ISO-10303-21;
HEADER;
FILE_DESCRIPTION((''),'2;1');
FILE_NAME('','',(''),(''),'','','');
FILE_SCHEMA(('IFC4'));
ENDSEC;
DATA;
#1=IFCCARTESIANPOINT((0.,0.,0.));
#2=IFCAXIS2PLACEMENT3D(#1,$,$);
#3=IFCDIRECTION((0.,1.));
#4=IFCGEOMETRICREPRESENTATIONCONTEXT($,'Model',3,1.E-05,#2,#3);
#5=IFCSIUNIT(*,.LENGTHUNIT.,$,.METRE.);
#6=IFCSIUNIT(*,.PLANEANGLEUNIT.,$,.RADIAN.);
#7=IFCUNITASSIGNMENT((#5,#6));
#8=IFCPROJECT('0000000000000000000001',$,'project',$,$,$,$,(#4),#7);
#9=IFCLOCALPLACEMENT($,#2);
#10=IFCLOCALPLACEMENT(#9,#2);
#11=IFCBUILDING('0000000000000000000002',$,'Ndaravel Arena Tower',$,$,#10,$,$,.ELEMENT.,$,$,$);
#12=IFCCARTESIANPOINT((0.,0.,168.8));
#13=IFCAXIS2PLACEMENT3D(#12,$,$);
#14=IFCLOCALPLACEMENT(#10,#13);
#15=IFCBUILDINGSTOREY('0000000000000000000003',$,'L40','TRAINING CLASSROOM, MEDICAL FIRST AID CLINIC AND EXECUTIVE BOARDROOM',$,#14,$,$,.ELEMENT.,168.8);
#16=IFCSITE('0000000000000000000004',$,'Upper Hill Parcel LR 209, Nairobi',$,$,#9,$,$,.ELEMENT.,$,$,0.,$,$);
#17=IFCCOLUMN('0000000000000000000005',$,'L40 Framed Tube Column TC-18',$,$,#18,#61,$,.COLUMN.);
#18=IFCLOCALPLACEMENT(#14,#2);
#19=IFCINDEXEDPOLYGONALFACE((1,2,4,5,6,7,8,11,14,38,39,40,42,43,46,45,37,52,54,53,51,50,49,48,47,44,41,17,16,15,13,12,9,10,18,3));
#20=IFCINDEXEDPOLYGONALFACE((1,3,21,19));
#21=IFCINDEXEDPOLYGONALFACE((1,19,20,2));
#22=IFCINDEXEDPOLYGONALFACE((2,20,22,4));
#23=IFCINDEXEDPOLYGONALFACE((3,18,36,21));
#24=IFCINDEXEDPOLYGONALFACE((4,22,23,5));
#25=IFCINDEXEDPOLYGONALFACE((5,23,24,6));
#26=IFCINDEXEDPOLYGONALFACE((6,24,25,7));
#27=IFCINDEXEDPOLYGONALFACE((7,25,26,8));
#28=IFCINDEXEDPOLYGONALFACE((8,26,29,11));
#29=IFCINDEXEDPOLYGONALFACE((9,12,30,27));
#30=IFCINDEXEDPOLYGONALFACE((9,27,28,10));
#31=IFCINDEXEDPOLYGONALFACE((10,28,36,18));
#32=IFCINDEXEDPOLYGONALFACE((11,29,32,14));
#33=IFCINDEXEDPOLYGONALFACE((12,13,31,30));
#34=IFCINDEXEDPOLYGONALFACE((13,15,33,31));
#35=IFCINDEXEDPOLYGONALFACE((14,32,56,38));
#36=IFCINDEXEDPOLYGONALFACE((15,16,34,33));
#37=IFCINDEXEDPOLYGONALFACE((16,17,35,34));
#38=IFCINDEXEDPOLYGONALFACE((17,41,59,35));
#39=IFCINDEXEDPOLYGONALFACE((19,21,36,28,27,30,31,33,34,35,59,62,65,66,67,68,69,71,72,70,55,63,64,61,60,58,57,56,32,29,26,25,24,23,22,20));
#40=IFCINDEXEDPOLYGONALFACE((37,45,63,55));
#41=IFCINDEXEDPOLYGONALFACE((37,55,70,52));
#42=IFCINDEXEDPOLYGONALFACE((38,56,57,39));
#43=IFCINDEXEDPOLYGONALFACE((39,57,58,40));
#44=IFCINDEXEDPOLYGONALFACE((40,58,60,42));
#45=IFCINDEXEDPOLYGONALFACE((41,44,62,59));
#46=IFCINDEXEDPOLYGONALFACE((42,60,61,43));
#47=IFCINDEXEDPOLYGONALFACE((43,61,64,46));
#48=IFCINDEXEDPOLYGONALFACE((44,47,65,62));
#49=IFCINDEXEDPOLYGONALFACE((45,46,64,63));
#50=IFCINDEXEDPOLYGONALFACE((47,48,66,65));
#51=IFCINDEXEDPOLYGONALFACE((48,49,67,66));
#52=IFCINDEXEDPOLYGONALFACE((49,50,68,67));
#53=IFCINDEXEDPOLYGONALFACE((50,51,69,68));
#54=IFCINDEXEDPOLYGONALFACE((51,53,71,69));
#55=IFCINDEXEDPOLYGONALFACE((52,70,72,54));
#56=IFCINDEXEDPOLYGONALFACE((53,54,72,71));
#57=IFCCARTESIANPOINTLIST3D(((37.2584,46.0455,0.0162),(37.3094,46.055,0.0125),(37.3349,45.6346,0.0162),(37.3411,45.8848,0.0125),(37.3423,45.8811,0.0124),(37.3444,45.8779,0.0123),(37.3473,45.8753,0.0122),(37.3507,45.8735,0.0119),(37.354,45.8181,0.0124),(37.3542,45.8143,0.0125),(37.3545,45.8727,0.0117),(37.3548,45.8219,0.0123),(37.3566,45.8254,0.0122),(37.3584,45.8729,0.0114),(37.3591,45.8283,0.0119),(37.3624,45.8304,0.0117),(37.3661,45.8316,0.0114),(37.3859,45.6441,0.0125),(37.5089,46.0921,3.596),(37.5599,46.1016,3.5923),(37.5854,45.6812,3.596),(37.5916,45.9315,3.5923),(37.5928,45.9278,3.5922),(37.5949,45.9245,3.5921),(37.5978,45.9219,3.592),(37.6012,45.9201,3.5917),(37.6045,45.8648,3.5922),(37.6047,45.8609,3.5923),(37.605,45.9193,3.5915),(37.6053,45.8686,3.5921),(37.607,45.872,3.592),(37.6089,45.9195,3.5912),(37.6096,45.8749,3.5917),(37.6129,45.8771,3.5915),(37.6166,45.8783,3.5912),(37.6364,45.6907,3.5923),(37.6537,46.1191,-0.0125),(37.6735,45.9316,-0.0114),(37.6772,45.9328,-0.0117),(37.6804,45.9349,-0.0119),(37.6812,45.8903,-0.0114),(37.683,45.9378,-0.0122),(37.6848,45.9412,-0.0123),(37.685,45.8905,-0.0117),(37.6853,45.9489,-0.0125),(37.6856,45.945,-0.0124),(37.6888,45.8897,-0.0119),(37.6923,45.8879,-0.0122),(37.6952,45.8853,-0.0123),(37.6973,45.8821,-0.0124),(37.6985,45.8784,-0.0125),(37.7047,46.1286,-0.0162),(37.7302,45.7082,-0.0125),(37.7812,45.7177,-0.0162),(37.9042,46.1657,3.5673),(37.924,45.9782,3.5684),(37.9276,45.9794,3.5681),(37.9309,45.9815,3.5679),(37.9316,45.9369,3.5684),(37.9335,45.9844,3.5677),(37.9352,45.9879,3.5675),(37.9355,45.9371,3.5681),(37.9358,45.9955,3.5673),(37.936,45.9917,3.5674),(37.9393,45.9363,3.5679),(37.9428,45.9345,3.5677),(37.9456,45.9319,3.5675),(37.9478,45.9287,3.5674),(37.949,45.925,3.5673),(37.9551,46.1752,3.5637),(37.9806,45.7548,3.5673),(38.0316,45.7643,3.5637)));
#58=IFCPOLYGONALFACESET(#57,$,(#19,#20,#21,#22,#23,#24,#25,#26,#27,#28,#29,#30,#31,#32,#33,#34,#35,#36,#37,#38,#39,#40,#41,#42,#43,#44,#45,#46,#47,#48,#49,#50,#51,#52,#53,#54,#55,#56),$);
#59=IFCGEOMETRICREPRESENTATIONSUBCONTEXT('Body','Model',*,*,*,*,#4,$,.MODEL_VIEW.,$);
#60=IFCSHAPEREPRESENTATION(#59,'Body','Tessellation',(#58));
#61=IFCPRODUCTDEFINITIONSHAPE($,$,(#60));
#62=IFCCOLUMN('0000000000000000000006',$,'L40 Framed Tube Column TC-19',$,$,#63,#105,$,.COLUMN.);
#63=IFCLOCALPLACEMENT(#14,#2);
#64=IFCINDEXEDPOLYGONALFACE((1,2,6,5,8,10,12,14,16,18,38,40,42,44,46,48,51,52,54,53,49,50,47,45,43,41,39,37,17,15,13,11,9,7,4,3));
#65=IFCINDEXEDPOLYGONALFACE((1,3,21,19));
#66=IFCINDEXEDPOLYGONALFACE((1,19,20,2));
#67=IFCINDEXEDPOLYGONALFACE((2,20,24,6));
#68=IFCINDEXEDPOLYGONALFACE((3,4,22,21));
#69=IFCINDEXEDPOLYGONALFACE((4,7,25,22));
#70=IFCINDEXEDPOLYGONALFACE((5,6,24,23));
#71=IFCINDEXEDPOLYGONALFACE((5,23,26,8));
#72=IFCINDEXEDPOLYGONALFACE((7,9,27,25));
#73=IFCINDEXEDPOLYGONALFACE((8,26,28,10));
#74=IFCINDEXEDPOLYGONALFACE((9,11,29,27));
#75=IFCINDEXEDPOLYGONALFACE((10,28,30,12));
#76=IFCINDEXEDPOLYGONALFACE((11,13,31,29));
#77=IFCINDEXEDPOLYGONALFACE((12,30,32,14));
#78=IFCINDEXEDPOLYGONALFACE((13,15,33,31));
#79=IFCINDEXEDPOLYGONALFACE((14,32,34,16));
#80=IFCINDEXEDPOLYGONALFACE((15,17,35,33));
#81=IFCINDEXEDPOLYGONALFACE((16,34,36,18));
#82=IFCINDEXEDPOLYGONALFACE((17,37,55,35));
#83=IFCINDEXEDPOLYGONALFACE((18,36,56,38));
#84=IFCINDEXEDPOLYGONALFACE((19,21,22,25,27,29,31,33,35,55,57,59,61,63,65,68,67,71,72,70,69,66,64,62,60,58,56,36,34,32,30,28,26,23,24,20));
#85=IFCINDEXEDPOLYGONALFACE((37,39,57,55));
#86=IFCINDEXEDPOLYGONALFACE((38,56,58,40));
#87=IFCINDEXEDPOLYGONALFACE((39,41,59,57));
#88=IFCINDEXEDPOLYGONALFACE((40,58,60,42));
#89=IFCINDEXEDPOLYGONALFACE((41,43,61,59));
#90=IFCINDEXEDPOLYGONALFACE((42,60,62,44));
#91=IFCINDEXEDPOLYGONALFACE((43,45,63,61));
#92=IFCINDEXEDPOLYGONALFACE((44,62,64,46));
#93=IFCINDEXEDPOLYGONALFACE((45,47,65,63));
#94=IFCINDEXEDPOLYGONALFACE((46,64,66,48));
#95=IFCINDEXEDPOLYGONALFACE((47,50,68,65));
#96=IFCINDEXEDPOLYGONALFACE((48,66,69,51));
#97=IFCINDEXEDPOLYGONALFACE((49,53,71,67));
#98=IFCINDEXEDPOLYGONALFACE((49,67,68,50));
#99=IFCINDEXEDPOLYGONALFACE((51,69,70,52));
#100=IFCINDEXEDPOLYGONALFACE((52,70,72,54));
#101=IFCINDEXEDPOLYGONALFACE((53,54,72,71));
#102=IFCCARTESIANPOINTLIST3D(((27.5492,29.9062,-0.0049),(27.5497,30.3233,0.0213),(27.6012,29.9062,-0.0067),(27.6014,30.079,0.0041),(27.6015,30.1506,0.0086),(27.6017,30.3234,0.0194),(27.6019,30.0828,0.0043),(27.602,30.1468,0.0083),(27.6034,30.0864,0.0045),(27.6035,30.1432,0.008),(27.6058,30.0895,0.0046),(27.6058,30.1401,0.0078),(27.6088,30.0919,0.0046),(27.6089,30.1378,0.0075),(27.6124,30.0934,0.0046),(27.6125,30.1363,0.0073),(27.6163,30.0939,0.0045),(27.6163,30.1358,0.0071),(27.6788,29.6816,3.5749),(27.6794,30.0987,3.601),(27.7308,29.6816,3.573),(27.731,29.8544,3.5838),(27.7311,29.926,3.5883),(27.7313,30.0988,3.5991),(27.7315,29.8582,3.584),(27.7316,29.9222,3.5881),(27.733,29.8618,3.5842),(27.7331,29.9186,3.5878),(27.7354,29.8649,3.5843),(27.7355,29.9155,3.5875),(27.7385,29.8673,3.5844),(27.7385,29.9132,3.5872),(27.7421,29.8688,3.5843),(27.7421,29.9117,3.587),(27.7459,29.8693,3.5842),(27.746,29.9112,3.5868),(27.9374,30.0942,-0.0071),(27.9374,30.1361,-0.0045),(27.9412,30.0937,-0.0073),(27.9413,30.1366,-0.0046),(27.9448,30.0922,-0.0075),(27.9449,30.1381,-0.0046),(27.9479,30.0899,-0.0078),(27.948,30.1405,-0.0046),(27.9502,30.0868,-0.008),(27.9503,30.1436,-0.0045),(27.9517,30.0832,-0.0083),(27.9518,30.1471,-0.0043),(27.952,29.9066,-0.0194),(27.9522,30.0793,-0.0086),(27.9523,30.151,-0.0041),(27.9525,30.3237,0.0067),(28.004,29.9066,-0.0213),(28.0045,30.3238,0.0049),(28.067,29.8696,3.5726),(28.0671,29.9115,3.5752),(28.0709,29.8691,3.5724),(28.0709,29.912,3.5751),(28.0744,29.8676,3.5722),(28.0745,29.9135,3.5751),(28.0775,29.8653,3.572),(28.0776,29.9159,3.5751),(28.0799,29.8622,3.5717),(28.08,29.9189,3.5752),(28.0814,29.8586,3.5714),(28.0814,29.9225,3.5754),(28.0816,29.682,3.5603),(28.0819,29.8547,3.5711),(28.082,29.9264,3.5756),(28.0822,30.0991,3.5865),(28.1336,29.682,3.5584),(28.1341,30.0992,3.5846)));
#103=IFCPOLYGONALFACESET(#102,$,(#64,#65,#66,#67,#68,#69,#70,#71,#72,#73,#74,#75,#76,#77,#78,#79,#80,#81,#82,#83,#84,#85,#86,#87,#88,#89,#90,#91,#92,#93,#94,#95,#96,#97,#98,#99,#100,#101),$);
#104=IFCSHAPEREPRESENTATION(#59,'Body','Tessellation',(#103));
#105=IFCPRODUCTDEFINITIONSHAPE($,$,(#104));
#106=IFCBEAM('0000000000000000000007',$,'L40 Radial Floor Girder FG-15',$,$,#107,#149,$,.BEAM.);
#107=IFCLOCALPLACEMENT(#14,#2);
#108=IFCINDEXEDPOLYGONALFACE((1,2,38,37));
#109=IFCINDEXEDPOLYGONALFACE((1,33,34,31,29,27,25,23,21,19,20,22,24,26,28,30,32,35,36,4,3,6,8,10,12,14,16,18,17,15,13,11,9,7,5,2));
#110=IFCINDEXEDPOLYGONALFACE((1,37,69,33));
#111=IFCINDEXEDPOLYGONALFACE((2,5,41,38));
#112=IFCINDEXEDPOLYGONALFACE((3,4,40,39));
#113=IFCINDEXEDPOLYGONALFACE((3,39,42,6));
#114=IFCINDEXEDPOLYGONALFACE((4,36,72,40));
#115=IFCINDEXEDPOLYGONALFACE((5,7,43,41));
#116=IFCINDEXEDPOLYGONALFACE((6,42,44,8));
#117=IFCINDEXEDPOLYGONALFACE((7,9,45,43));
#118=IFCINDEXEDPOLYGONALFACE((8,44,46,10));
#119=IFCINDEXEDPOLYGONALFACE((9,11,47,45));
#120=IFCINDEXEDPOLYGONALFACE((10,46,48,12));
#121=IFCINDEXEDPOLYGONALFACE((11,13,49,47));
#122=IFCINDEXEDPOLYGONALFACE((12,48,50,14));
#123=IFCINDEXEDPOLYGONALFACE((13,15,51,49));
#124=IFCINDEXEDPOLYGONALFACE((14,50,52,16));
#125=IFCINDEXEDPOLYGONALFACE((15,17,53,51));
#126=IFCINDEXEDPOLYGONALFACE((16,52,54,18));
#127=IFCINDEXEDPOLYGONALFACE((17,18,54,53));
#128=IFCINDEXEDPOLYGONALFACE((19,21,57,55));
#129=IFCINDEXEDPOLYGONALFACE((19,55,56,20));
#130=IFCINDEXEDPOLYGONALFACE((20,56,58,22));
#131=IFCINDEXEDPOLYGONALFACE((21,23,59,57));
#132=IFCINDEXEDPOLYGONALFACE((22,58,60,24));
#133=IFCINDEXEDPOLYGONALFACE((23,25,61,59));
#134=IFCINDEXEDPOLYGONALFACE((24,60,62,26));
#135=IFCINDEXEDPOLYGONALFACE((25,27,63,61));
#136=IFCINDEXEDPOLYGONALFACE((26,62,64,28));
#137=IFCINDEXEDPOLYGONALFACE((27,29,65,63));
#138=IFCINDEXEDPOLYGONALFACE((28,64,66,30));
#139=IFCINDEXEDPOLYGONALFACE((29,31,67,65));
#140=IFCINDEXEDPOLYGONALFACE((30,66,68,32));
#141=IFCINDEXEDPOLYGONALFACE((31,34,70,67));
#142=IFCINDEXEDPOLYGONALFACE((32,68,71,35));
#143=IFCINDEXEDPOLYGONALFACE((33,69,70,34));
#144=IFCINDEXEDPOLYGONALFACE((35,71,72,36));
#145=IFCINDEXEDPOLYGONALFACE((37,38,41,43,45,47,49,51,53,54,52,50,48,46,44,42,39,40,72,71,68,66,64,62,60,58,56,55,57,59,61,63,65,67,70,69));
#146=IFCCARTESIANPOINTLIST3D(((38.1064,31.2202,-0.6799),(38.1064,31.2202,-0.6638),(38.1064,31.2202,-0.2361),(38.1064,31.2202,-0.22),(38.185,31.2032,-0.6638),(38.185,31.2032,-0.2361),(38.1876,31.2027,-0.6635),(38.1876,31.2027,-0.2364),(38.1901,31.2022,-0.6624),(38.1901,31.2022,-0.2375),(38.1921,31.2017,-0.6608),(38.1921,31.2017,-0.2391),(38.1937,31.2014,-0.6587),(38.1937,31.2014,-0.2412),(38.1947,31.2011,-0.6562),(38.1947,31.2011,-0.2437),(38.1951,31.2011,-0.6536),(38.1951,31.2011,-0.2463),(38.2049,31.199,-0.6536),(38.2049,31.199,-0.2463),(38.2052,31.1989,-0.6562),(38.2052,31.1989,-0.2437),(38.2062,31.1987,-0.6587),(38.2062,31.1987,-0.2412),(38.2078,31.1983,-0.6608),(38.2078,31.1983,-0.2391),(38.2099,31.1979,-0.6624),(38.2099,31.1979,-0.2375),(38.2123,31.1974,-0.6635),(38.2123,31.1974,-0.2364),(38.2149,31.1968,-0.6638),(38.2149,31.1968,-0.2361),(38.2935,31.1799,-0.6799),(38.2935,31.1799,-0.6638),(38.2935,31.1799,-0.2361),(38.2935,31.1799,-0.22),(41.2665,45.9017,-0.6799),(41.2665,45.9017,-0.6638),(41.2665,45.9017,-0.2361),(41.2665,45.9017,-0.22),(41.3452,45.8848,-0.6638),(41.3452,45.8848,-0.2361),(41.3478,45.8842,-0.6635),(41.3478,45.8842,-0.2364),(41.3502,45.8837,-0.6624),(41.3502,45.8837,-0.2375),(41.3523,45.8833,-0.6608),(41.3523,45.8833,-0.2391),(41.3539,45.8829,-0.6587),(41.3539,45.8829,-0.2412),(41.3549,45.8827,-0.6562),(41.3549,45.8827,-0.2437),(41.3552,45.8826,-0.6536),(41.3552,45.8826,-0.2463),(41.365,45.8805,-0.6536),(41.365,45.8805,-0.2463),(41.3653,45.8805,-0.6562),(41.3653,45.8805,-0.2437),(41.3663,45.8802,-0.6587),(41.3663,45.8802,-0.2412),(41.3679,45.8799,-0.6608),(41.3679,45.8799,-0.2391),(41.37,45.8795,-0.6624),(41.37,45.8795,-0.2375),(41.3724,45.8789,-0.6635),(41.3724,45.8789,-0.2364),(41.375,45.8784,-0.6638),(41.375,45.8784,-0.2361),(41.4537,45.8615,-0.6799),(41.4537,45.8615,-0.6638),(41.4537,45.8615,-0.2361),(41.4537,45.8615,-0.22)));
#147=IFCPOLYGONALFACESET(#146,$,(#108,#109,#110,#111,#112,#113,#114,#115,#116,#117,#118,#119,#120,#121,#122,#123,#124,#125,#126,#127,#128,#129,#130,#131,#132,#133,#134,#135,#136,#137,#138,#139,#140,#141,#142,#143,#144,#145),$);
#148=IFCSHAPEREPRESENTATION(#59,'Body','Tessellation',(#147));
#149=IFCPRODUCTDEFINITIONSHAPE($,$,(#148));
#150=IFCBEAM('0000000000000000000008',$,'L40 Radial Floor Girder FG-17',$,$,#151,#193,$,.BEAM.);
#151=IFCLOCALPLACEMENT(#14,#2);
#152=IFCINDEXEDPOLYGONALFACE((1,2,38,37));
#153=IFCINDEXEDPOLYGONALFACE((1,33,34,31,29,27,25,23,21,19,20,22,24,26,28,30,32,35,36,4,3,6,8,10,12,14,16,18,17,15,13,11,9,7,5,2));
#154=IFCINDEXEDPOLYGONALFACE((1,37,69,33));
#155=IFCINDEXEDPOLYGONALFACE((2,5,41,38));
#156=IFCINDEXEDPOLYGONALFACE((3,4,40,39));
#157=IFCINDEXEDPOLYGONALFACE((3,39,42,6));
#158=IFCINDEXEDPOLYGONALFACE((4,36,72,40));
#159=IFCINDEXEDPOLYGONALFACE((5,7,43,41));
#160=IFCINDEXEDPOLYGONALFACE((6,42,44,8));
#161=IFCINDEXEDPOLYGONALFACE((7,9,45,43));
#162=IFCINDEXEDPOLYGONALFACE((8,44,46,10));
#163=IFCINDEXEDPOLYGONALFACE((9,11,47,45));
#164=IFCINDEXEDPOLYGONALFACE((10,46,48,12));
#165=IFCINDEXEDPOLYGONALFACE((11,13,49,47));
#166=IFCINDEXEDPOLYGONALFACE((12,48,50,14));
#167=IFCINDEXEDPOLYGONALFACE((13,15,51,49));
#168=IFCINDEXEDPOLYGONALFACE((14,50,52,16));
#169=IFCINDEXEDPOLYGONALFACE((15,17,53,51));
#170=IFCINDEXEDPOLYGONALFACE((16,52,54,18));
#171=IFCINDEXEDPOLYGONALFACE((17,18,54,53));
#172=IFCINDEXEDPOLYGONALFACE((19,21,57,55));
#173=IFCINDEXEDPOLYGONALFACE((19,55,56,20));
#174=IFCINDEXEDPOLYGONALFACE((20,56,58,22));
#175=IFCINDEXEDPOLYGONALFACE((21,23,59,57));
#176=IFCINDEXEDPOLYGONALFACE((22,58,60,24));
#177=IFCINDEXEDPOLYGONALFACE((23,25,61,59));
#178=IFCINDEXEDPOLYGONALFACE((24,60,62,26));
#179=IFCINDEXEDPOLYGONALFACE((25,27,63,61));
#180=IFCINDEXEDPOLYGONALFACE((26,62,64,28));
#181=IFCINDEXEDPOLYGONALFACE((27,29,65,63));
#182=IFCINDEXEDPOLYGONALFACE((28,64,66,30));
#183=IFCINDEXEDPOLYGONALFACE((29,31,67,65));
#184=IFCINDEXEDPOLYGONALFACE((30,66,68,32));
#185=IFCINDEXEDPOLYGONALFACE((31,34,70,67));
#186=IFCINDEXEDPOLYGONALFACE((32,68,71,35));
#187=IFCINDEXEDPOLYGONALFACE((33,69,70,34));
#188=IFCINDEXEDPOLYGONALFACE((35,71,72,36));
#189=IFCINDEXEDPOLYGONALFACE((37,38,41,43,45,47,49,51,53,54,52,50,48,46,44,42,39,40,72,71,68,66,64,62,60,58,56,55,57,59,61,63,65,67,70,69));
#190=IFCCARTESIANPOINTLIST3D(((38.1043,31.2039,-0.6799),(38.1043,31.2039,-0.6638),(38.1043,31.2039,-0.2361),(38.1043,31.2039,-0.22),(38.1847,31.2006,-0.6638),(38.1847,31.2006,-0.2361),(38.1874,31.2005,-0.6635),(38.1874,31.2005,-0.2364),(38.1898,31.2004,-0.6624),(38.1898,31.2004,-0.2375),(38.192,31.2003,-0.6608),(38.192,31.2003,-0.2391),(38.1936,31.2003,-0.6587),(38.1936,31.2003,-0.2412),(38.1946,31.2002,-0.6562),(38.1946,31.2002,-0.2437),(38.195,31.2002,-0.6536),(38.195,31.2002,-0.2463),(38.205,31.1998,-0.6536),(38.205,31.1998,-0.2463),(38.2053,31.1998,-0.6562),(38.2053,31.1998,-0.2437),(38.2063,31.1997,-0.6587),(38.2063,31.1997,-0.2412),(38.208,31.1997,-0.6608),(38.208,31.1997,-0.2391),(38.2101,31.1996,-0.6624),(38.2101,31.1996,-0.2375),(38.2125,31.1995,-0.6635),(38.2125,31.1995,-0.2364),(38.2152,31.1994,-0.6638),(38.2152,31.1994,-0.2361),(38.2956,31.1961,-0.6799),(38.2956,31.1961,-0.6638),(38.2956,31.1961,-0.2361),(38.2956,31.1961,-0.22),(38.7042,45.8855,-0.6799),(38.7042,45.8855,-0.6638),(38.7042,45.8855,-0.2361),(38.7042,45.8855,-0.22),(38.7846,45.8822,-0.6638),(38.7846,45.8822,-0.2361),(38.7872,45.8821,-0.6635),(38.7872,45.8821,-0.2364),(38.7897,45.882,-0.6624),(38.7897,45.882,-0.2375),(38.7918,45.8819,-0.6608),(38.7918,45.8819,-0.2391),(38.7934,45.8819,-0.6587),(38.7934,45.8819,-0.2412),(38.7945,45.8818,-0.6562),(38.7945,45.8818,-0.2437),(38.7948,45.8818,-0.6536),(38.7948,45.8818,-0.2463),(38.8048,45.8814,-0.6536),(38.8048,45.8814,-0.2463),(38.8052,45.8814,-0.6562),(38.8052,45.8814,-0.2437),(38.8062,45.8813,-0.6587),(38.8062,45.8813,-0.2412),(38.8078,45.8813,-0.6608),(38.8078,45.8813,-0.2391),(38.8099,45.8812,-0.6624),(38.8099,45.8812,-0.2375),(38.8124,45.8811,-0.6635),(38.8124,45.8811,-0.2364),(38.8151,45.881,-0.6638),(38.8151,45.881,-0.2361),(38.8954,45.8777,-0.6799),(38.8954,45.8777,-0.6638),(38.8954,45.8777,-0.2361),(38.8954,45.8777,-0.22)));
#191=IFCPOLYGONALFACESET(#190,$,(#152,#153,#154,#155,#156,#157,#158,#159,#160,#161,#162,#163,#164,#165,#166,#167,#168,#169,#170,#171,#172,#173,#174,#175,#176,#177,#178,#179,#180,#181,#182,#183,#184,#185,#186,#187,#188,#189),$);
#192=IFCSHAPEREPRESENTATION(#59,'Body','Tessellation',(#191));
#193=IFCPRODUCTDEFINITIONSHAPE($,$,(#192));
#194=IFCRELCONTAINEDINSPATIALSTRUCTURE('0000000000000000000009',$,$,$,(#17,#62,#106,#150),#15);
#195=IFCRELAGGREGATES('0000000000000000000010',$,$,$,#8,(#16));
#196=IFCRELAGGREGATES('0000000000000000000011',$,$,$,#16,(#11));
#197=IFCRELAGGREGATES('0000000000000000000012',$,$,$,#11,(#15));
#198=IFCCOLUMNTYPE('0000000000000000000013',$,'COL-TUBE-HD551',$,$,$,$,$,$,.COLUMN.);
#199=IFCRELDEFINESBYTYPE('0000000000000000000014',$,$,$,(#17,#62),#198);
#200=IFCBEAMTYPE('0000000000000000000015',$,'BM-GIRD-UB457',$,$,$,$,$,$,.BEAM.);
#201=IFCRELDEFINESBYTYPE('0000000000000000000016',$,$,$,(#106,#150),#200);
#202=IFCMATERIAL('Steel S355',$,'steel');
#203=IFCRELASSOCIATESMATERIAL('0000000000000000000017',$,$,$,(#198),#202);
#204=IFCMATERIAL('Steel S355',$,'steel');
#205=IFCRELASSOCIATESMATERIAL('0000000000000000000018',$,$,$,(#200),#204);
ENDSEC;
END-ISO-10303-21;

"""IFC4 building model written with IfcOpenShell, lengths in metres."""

from ifc_helpers import new_model, si_unit, direction, frame, origin, origin_2d, place, context, subcontext, project, spatial, i_section, extrude, material, material_profile, profile_set, type_object, element, save


model = new_model("IFC4")

# Units and contexts
model_context = context("Model", 3, precision=1e-05, world=origin(), true_north=direction((0.0, 1.0)))
body_context = subcontext(model_context, "Body", "Model", "MODEL_VIEW")
ifc_project = project(units=[si_unit("LENGTHUNIT", "METRE"), si_unit("PLANEANGLEUNIT", "RADIAN")], contexts=[model_context])

# Site, building, storey
site_placement = place(None, origin())
site = spatial("IfcSite", under=ifc_project, at=site_placement, Name="Upper Hill Parcel LR 209, Nairobi", CompositionType="ELEMENT", RefElevation=0.0)
building_placement = place(site_placement, origin())
building = spatial("IfcBuilding", under=site, at=building_placement, Name="Ndaravel Arena Tower", CompositionType="ELEMENT")
storey_placement = place(building_placement, frame((0.0, 0.0, 168.8)))
storey = spatial("IfcBuildingStorey", under=building, at=storey_placement, Name="L40", Description="TRAINING CLASSROOM, MEDICAL FIRST AID CLINIC AND EXECUTIVE BOARDROOM", CompositionType="ELEMENT", Elevation=168.8)

# Columns
ifc_material_1 = material(Name="Steel S355", Category="steel")
ifc_material_profile_1 = material_profile(ifc_material_1, i_section(OverallWidth=0.418, OverallDepth=0.4551, WebThickness=0.042, FlangeThickness=0.052, FilletRadius=0.0149, at=origin_2d()), Name="HD 400x551")
ifc_profile_set_1 = profile_set([ifc_material_profile_1], Name="Steel S355")
column_type_1 = type_object("IfcColumnType", Name="COL-TUBE-HD551", PredefinedType="COLUMN", material=ifc_profile_set_1)
column_1_placement = place(storey_placement, frame((37.5198, 45.8816, 0.0), z_axis=(0.069795, 0.012993, 0.997477), x_axis=(-0.183016, 0.98311, 0.0)))
element("IfcColumn", 1, at=column_1_placement, inside=storey, type_object=column_type_1, Name="L40 Framed Tube Column TC-18", PredefinedType="COLUMN", context=body_context, shape_type="SweptSolid", body=[
    extrude(i_section(OverallWidth=0.418, OverallDepth=0.4551, WebThickness=0.042, FlangeThickness=0.052, FilletRadius=0.0149, at=origin_2d()), origin(), (0.0, 0.0, 1.0), 3.5889),
])
column_2_placement = place(storey_placement, frame((27.7769, 30.115, 0.0), z_axis=(0.036119, -0.062579, 0.997386), x_axis=(0.001264, 0.99804, 0.062574)))
element("IfcColumn", 2, at=column_2_placement, inside=storey, type_object=column_type_1, Name="L40 Framed Tube Column TC-19", PredefinedType="COLUMN", context=body_context, shape_type="SweptSolid", body=[
    extrude(i_section(OverallWidth=0.418, OverallDepth=0.4551, WebThickness=0.042, FlangeThickness=0.052, FilletRadius=0.0149, at=origin_2d()), origin(), (0.0, 0.0, 1.0), 3.5891),
])

# Beams
ifc_material_2 = material(Name="Steel S355", Category="steel")
ifc_material_profile_2 = material_profile(ifc_material_2, i_section(OverallWidth=0.1914, OverallDepth=0.46, WebThickness=0.01, FlangeThickness=0.0161, FilletRadius=0.0103, at=origin_2d()), Name="UB 457x191x82")
ifc_profile_set_2 = profile_set([ifc_material_profile_2], Name="Steel S355")
beam_type_1 = type_object("IfcBeamType", Name="BM-GIRD-UB457", PredefinedType="BEAM", material=ifc_profile_set_2)
beam_1_placement = place(storey_placement, frame((41.3601, 45.8816, -0.45), z_axis=(-0.210426, -0.97761, 0.0), x_axis=(0.97761, -0.210426, 0.0)))
element("IfcBeam", 3, at=beam_1_placement, inside=storey, type_object=beam_type_1, Name="L40 Radial Floor Girder FG-15", PredefinedType="BEAM", context=body_context, shape_type="SweptSolid", body=[
    extrude(i_section(OverallWidth=0.1914, OverallDepth=0.46, WebThickness=0.01, FlangeThickness=0.0161, FilletRadius=0.0103, at=origin_2d()), origin(), (0.0, 0.0, 1.0), 15.0178),
])
beam_2_placement = place(storey_placement, frame((38.7998, 45.8816, -0.45), z_axis=(-0.040823, -0.999166, 0.0), x_axis=(0.999166, -0.040823, 0.0)))
element("IfcBeam", 4, at=beam_2_placement, inside=storey, type_object=beam_type_1, Name="L40 Radial Floor Girder FG-17", PredefinedType="BEAM", context=body_context, shape_type="SweptSolid", body=[
    extrude(i_section(OverallWidth=0.1914, OverallDepth=0.46, WebThickness=0.01, FlangeThickness=0.0161, FilletRadius=0.0103, at=origin_2d()), origin(), (0.0, 0.0, 1.0), 14.6938),
])

save(model, "model.ifc")
